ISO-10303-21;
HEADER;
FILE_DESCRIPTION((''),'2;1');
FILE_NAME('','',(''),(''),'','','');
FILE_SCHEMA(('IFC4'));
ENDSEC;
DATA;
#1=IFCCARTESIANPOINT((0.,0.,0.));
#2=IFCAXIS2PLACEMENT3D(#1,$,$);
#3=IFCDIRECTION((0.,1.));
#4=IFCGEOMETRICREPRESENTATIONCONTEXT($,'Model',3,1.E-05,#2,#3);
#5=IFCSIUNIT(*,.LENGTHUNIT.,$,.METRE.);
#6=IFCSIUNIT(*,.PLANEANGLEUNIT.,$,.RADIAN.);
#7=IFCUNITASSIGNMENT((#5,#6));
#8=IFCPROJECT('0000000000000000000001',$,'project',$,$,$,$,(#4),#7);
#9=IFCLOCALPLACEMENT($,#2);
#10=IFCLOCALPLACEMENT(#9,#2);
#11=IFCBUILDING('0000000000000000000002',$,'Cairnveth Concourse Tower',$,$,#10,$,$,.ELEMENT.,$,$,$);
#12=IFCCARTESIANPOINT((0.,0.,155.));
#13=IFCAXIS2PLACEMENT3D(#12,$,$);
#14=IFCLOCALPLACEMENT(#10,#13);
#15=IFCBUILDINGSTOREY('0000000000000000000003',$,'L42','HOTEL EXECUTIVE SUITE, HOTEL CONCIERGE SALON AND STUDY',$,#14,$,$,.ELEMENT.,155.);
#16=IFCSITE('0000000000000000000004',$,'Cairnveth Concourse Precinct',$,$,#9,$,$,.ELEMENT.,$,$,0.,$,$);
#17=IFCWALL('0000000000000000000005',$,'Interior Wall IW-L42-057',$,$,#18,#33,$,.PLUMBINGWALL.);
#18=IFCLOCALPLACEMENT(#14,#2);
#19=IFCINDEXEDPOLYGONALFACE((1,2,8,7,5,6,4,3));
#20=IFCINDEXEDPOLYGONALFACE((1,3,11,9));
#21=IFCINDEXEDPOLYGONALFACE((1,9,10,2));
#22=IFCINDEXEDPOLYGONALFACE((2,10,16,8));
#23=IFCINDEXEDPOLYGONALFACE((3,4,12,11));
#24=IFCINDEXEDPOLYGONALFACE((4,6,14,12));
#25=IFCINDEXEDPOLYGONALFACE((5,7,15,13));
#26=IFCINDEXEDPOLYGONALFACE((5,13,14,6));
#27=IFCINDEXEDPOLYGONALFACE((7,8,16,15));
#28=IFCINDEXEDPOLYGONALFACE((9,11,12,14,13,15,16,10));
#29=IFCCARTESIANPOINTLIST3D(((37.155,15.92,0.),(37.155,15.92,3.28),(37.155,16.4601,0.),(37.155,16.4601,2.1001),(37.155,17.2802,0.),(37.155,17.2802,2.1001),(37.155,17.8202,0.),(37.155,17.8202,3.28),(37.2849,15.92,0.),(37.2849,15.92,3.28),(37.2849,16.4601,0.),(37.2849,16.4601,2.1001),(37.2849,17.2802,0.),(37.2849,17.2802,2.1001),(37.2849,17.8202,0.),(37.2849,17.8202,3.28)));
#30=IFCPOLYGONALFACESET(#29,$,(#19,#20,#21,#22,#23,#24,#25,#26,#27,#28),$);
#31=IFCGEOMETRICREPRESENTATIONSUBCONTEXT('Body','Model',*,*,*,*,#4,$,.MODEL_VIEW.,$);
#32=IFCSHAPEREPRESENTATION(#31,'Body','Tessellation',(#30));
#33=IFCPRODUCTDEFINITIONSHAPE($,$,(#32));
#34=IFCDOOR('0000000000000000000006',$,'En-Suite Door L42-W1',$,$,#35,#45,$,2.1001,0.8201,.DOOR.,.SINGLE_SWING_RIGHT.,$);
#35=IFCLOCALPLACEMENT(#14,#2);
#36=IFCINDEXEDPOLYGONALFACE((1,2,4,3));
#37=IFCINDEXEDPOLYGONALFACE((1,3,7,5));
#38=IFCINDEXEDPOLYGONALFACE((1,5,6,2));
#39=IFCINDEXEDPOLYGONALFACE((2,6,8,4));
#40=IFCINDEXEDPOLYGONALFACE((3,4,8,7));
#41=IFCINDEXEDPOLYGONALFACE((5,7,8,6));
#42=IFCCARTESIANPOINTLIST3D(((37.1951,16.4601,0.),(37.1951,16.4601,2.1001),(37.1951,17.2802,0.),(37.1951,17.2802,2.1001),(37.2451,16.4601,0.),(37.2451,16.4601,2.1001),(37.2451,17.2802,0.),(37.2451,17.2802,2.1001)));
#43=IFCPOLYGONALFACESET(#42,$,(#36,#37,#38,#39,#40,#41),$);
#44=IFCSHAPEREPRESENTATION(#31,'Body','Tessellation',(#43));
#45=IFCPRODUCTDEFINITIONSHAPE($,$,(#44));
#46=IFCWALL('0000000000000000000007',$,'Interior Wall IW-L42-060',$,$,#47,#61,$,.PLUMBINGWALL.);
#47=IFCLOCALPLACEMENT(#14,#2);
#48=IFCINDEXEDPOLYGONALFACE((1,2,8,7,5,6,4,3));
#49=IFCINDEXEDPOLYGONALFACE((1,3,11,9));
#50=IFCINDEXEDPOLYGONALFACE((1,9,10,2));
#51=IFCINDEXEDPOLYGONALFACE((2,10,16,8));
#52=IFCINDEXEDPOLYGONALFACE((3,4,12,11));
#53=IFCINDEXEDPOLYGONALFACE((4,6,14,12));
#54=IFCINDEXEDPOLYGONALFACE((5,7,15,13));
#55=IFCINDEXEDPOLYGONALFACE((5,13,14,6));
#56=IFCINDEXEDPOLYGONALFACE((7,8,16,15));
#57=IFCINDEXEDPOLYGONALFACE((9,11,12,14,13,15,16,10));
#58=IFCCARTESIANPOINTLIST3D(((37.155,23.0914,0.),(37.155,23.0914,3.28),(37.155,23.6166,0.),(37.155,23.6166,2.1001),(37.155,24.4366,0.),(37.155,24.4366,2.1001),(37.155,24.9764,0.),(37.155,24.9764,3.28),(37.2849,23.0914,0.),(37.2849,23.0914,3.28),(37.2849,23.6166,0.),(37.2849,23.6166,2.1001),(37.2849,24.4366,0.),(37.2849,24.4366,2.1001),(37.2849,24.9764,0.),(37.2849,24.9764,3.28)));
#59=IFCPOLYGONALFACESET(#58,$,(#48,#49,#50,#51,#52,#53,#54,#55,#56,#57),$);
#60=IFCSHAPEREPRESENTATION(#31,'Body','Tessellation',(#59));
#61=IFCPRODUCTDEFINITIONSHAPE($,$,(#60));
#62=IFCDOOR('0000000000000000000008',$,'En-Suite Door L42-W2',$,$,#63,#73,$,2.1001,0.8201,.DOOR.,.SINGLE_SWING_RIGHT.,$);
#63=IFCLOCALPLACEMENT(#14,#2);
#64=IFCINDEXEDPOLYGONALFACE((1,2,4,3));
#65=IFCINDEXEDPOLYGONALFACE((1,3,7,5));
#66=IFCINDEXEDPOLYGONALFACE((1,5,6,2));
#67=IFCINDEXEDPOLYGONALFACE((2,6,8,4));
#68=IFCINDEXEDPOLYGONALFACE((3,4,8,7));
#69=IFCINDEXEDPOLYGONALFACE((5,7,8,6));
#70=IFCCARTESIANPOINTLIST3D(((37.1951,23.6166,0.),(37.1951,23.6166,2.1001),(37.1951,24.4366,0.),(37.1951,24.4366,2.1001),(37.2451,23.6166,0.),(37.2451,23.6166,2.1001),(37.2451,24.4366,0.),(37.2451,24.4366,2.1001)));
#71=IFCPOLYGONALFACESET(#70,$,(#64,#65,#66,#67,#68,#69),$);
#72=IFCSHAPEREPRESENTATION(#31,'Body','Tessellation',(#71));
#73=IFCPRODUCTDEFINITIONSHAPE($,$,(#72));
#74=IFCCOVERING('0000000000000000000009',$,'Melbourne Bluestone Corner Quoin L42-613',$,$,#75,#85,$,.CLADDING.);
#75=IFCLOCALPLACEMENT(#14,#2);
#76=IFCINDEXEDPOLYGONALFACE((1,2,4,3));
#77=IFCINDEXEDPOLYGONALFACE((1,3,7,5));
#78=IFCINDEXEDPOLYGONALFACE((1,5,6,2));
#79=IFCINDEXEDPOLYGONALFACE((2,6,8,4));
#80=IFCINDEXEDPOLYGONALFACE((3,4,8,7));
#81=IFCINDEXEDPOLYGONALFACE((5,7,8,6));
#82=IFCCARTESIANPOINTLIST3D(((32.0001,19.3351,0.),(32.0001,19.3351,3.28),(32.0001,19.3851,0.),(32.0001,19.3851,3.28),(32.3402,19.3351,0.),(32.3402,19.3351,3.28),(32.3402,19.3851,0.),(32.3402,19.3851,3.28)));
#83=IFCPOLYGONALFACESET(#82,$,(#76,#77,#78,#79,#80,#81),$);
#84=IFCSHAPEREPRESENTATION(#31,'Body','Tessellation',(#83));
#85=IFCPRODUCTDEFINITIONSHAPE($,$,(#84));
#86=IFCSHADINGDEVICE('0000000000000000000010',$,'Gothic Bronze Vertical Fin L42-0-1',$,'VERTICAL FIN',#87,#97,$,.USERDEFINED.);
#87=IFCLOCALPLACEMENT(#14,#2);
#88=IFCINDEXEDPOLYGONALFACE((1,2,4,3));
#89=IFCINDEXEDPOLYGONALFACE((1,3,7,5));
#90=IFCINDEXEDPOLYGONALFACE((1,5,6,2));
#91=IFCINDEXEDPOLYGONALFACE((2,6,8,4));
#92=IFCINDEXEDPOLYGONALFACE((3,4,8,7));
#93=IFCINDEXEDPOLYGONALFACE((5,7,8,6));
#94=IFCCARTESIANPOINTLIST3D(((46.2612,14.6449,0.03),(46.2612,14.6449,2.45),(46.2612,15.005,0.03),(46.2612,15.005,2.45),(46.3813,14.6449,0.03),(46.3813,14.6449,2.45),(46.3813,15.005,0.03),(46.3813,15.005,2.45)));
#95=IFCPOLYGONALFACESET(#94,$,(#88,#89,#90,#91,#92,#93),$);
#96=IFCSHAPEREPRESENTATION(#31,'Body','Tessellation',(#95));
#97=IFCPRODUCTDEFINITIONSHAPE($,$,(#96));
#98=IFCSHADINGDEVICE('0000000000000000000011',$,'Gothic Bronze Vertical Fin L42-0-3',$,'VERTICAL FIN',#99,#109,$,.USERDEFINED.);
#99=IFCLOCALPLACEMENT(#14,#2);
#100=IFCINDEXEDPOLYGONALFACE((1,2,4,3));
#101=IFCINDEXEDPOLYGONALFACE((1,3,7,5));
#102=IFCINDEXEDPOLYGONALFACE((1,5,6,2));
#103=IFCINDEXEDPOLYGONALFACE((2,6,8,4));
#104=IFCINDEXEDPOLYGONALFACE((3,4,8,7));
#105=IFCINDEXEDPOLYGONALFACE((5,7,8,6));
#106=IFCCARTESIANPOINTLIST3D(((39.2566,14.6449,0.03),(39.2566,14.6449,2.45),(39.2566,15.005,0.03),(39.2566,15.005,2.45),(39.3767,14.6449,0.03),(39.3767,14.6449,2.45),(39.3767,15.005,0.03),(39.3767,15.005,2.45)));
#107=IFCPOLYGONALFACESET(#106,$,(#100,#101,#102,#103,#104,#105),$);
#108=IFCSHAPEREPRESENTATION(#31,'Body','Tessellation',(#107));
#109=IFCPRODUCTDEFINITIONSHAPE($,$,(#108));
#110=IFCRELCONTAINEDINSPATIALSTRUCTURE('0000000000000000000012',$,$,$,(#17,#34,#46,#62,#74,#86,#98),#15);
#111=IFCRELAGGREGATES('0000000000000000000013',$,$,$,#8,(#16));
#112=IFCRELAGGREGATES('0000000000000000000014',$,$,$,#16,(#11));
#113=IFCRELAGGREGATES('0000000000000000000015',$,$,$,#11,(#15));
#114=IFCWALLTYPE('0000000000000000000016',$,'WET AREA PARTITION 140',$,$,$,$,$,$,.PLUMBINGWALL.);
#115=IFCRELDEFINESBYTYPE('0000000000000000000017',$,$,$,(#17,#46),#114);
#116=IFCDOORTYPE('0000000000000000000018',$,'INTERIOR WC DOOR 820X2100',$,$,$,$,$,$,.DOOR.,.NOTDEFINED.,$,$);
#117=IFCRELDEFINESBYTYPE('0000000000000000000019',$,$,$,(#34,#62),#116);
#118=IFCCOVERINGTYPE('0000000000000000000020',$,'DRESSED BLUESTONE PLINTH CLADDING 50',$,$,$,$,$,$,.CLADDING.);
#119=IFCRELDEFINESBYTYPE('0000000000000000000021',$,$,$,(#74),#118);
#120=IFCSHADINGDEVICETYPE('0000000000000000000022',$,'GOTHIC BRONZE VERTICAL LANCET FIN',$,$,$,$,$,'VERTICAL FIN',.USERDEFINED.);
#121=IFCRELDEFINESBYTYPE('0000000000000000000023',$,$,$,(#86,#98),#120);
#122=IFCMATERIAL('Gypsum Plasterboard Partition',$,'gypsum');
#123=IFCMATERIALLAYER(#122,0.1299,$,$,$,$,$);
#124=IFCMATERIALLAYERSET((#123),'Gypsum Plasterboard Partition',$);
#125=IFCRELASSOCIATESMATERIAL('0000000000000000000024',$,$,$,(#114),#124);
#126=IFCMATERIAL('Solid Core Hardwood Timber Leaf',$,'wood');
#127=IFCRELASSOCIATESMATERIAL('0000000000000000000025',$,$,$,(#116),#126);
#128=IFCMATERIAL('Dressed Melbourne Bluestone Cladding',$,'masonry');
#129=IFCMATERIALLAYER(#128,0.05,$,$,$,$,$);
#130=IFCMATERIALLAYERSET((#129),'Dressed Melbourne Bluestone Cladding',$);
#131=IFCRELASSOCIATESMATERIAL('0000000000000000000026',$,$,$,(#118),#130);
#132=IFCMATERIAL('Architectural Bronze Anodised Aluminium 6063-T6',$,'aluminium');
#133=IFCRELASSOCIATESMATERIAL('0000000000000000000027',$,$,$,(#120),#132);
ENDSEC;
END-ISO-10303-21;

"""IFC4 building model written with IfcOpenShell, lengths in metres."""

from ifc_helpers import new_model, si_unit, direction, frame, frame_2d, origin, origin_2d, place, context, subcontext, project, spatial, rectangle, extrude, material, layer, layer_set, type_object, element, fill, save


model = new_model("IFC4")

# Units and contexts
model_context = context("Model", 3, precision=1e-05, world=origin(), true_north=direction((0.0, 1.0)))
body_context = subcontext(model_context, "Body", "Model", "MODEL_VIEW")
ifc_project = project(units=[si_unit("LENGTHUNIT", "METRE"), si_unit("PLANEANGLEUNIT", "RADIAN")], contexts=[model_context])

# Site, building, storey
site_placement = place(None, origin())
site = spatial("IfcSite", under=ifc_project, at=site_placement, Name="Cairnveth Concourse Precinct", CompositionType="ELEMENT", RefElevation=0.0)
building_placement = place(site_placement, origin())
building = spatial("IfcBuilding", under=site, at=building_placement, Name="Cairnveth Concourse Tower", CompositionType="ELEMENT")
storey_placement = place(building_placement, frame((0.0, 0.0, 155.0)))
storey = spatial("IfcBuildingStorey", under=building, at=storey_placement, Name="L42", Description="HOTEL EXECUTIVE SUITE, HOTEL CONCIERGE SALON AND STUDY", CompositionType="ELEMENT", Elevation=155.0)

# Shared definitions
ifc_material_1 = material(Name="Gypsum Plasterboard Partition", Category="gypsum")
ifc_material_2 = material(Name="Solid Core Hardwood Timber Leaf", Category="wood")

# Shared definitions
ifc_layer_1 = layer(ifc_material_1, 0.1299)
ifc_layer_set_1 = layer_set([ifc_layer_1], Name="Gypsum Plasterboard Partition")
wall_type_1 = type_object("IfcWallType", Name="WET AREA PARTITION 140", PredefinedType="PLUMBINGWALL", material=ifc_layer_set_1)

# Walls, openings, doors
wall_1_placement = place(storey_placement, frame((37.22, 15.9199, 0.0), z_axis=(0.0, 0.0, 1.0), x_axis=(0.0, 1.0, 0.0)))
wall_1 = element("IfcWall", 1, at=wall_1_placement, inside=storey, type_object=wall_type_1, Name="Interior Wall IW-L42-057", PredefinedType="PLUMBINGWALL", context=body_context, shape_type="SweptSolid", body=[
    extrude(rectangle(XDim=1.9001, YDim=0.1299, at=frame_2d((0.9502, 0.0))), origin(), (0.0, 0.0, 1.0), 3.28),
])
opening_1_placement = place(wall_1_placement, frame((0.54, 0.0, 0.0)))
opening_1 = element("IfcOpeningElement", 2, at=opening_1_placement, cuts=wall_1, PredefinedType="OPENING", context=body_context, shape_type="SweptSolid", body=[
    extrude(rectangle(XDim=0.8201, YDim=2.1001, at=frame_2d((0.4102, 1.05))), frame((0.0, 0.075, 0.0), z_axis=(0.0, -1.0, 0.0), x_axis=(1.0, 0.0, 0.0)), (0.0, 0.0, 1.0), 0.1499),
])
door_type_1 = type_object("IfcDoorType", Name="INTERIOR WC DOOR 820X2100", OperationType="NOTDEFINED", PredefinedType="DOOR", material=ifc_material_2)
door_1_placement = place(opening_1_placement, origin())
door_1 = element("IfcDoor", 3, at=door_1_placement, inside=storey, type_object=door_type_1, Name="En-Suite Door L42-W1", OperationType="SINGLE_SWING_RIGHT", OverallHeight=2.1001, OverallWidth=0.8201, PredefinedType="DOOR", context=body_context, shape_type="SweptSolid", body=[
    extrude(rectangle(XDim=0.8201, YDim=2.1001, at=frame_2d((0.4102, 1.05))), frame((0.0, 0.0249, 0.0), z_axis=(0.0, -1.0, 0.0), x_axis=(1.0, 0.0, 0.0)), (0.0, 0.0, 1.0), 0.05),
])
fill(opening_1, door_1)
wall_2_placement = place(storey_placement, frame((37.22, 23.0916, 0.0), z_axis=(0.0, 0.0, 1.0), x_axis=(0.0, 1.0, 0.0)))
wall_2 = element("IfcWall", 4, at=wall_2_placement, inside=storey, type_object=wall_type_1, Name="Interior Wall IW-L42-060", PredefinedType="PLUMBINGWALL", context=body_context, shape_type="SweptSolid", body=[
    extrude(rectangle(XDim=1.885, YDim=0.1299, at=frame_2d((0.9424, 0.0))), origin(), (0.0, 0.0, 1.0), 3.28),
])
opening_2_placement = place(wall_2_placement, frame((0.5249, 0.0, 0.0)))
opening_2 = element("IfcOpeningElement", 5, at=opening_2_placement, cuts=wall_2, PredefinedType="OPENING", context=body_context, shape_type="SweptSolid", body=[
    extrude(rectangle(XDim=0.8201, YDim=2.1001, at=frame_2d((0.4102, 1.05))), frame((0.0, 0.075, 0.0), z_axis=(0.0, -1.0, 0.0), x_axis=(1.0, 0.0, 0.0)), (0.0, 0.0, 1.0), 0.1499),
])
door_2_placement = place(opening_2_placement, origin())
door_2 = element("IfcDoor", 6, at=door_2_placement, inside=storey, type_object=door_type_1, Name="En-Suite Door L42-W2", OperationType="SINGLE_SWING_RIGHT", OverallHeight=2.1001, OverallWidth=0.8201, PredefinedType="DOOR", context=body_context, shape_type="SweptSolid", body=[
    extrude(rectangle(XDim=0.8201, YDim=2.1001, at=frame_2d((0.4102, 1.05))), frame((0.0, 0.0249, 0.0), z_axis=(0.0, -1.0, 0.0), x_axis=(1.0, 0.0, 0.0)), (0.0, 0.0, 1.0), 0.05),
])
fill(opening_2, door_2)

# Covering
ifc_material_3 = material(Name="Dressed Melbourne Bluestone Cladding", Category="masonry")
ifc_layer_2 = layer(ifc_material_3, 0.05)
ifc_layer_set_2 = layer_set([ifc_layer_2], Name="Dressed Melbourne Bluestone Cladding")
covering_type = type_object("IfcCoveringType", Name="DRESSED BLUESTONE PLINTH CLADDING 50", PredefinedType="CLADDING", material=ifc_layer_set_2)
covering_placement = place(storey_placement, frame((32.3401, 19.3601, 0.0), z_axis=(0.0, 0.0, 1.0), x_axis=(-1.0, 0.0, 0.0)))
element("IfcCovering", 7, at=covering_placement, inside=storey, type_object=covering_type, Name="Melbourne Bluestone Corner Quoin L42-613", PredefinedType="CLADDING", context=body_context, shape_type="SweptSolid", body=[
    extrude(rectangle(XDim=0.3401, YDim=0.05, at=frame_2d((0.1699, 0.0))), origin(), (0.0, 0.0, 1.0), 3.28),
])

# Shading devices
ifc_material_4 = material(Name="Architectural Bronze Anodised Aluminium 6063-T6", Category="aluminium")
shading_device_type = type_object("IfcShadingDeviceType", Name="GOTHIC BRONZE VERTICAL LANCET FIN", ElementType="VERTICAL FIN", PredefinedType="USERDEFINED", material=ifc_material_4)
for number, where, z_axis, x_axis, name in (
    (8, (46.3213, 14.825, 0.03), (0.0, 0.0, 1.0), (1.0, 0.0, 0.0), "Gothic Bronze Vertical Fin L42-0-1"),
    (9, (39.3167, 14.825, 0.03), (0.0, 0.0, 1.0), (1.0, 0.0, 0.0), "Gothic Bronze Vertical Fin L42-0-3"),
):
    element("IfcShadingDevice", number, at=place(storey_placement, frame(where, z_axis=z_axis, x_axis=x_axis)), inside=storey, type_object=shading_device_type, Name=name, ObjectType="VERTICAL FIN", PredefinedType="USERDEFINED", context=body_context, shape_type="SweptSolid", body=[
        extrude(rectangle(XDim=0.1201, YDim=0.3601, at=origin_2d()), origin(), (0.0, 0.0, 1.0), 2.4199),
    ])

save(model, "model.ifc")
